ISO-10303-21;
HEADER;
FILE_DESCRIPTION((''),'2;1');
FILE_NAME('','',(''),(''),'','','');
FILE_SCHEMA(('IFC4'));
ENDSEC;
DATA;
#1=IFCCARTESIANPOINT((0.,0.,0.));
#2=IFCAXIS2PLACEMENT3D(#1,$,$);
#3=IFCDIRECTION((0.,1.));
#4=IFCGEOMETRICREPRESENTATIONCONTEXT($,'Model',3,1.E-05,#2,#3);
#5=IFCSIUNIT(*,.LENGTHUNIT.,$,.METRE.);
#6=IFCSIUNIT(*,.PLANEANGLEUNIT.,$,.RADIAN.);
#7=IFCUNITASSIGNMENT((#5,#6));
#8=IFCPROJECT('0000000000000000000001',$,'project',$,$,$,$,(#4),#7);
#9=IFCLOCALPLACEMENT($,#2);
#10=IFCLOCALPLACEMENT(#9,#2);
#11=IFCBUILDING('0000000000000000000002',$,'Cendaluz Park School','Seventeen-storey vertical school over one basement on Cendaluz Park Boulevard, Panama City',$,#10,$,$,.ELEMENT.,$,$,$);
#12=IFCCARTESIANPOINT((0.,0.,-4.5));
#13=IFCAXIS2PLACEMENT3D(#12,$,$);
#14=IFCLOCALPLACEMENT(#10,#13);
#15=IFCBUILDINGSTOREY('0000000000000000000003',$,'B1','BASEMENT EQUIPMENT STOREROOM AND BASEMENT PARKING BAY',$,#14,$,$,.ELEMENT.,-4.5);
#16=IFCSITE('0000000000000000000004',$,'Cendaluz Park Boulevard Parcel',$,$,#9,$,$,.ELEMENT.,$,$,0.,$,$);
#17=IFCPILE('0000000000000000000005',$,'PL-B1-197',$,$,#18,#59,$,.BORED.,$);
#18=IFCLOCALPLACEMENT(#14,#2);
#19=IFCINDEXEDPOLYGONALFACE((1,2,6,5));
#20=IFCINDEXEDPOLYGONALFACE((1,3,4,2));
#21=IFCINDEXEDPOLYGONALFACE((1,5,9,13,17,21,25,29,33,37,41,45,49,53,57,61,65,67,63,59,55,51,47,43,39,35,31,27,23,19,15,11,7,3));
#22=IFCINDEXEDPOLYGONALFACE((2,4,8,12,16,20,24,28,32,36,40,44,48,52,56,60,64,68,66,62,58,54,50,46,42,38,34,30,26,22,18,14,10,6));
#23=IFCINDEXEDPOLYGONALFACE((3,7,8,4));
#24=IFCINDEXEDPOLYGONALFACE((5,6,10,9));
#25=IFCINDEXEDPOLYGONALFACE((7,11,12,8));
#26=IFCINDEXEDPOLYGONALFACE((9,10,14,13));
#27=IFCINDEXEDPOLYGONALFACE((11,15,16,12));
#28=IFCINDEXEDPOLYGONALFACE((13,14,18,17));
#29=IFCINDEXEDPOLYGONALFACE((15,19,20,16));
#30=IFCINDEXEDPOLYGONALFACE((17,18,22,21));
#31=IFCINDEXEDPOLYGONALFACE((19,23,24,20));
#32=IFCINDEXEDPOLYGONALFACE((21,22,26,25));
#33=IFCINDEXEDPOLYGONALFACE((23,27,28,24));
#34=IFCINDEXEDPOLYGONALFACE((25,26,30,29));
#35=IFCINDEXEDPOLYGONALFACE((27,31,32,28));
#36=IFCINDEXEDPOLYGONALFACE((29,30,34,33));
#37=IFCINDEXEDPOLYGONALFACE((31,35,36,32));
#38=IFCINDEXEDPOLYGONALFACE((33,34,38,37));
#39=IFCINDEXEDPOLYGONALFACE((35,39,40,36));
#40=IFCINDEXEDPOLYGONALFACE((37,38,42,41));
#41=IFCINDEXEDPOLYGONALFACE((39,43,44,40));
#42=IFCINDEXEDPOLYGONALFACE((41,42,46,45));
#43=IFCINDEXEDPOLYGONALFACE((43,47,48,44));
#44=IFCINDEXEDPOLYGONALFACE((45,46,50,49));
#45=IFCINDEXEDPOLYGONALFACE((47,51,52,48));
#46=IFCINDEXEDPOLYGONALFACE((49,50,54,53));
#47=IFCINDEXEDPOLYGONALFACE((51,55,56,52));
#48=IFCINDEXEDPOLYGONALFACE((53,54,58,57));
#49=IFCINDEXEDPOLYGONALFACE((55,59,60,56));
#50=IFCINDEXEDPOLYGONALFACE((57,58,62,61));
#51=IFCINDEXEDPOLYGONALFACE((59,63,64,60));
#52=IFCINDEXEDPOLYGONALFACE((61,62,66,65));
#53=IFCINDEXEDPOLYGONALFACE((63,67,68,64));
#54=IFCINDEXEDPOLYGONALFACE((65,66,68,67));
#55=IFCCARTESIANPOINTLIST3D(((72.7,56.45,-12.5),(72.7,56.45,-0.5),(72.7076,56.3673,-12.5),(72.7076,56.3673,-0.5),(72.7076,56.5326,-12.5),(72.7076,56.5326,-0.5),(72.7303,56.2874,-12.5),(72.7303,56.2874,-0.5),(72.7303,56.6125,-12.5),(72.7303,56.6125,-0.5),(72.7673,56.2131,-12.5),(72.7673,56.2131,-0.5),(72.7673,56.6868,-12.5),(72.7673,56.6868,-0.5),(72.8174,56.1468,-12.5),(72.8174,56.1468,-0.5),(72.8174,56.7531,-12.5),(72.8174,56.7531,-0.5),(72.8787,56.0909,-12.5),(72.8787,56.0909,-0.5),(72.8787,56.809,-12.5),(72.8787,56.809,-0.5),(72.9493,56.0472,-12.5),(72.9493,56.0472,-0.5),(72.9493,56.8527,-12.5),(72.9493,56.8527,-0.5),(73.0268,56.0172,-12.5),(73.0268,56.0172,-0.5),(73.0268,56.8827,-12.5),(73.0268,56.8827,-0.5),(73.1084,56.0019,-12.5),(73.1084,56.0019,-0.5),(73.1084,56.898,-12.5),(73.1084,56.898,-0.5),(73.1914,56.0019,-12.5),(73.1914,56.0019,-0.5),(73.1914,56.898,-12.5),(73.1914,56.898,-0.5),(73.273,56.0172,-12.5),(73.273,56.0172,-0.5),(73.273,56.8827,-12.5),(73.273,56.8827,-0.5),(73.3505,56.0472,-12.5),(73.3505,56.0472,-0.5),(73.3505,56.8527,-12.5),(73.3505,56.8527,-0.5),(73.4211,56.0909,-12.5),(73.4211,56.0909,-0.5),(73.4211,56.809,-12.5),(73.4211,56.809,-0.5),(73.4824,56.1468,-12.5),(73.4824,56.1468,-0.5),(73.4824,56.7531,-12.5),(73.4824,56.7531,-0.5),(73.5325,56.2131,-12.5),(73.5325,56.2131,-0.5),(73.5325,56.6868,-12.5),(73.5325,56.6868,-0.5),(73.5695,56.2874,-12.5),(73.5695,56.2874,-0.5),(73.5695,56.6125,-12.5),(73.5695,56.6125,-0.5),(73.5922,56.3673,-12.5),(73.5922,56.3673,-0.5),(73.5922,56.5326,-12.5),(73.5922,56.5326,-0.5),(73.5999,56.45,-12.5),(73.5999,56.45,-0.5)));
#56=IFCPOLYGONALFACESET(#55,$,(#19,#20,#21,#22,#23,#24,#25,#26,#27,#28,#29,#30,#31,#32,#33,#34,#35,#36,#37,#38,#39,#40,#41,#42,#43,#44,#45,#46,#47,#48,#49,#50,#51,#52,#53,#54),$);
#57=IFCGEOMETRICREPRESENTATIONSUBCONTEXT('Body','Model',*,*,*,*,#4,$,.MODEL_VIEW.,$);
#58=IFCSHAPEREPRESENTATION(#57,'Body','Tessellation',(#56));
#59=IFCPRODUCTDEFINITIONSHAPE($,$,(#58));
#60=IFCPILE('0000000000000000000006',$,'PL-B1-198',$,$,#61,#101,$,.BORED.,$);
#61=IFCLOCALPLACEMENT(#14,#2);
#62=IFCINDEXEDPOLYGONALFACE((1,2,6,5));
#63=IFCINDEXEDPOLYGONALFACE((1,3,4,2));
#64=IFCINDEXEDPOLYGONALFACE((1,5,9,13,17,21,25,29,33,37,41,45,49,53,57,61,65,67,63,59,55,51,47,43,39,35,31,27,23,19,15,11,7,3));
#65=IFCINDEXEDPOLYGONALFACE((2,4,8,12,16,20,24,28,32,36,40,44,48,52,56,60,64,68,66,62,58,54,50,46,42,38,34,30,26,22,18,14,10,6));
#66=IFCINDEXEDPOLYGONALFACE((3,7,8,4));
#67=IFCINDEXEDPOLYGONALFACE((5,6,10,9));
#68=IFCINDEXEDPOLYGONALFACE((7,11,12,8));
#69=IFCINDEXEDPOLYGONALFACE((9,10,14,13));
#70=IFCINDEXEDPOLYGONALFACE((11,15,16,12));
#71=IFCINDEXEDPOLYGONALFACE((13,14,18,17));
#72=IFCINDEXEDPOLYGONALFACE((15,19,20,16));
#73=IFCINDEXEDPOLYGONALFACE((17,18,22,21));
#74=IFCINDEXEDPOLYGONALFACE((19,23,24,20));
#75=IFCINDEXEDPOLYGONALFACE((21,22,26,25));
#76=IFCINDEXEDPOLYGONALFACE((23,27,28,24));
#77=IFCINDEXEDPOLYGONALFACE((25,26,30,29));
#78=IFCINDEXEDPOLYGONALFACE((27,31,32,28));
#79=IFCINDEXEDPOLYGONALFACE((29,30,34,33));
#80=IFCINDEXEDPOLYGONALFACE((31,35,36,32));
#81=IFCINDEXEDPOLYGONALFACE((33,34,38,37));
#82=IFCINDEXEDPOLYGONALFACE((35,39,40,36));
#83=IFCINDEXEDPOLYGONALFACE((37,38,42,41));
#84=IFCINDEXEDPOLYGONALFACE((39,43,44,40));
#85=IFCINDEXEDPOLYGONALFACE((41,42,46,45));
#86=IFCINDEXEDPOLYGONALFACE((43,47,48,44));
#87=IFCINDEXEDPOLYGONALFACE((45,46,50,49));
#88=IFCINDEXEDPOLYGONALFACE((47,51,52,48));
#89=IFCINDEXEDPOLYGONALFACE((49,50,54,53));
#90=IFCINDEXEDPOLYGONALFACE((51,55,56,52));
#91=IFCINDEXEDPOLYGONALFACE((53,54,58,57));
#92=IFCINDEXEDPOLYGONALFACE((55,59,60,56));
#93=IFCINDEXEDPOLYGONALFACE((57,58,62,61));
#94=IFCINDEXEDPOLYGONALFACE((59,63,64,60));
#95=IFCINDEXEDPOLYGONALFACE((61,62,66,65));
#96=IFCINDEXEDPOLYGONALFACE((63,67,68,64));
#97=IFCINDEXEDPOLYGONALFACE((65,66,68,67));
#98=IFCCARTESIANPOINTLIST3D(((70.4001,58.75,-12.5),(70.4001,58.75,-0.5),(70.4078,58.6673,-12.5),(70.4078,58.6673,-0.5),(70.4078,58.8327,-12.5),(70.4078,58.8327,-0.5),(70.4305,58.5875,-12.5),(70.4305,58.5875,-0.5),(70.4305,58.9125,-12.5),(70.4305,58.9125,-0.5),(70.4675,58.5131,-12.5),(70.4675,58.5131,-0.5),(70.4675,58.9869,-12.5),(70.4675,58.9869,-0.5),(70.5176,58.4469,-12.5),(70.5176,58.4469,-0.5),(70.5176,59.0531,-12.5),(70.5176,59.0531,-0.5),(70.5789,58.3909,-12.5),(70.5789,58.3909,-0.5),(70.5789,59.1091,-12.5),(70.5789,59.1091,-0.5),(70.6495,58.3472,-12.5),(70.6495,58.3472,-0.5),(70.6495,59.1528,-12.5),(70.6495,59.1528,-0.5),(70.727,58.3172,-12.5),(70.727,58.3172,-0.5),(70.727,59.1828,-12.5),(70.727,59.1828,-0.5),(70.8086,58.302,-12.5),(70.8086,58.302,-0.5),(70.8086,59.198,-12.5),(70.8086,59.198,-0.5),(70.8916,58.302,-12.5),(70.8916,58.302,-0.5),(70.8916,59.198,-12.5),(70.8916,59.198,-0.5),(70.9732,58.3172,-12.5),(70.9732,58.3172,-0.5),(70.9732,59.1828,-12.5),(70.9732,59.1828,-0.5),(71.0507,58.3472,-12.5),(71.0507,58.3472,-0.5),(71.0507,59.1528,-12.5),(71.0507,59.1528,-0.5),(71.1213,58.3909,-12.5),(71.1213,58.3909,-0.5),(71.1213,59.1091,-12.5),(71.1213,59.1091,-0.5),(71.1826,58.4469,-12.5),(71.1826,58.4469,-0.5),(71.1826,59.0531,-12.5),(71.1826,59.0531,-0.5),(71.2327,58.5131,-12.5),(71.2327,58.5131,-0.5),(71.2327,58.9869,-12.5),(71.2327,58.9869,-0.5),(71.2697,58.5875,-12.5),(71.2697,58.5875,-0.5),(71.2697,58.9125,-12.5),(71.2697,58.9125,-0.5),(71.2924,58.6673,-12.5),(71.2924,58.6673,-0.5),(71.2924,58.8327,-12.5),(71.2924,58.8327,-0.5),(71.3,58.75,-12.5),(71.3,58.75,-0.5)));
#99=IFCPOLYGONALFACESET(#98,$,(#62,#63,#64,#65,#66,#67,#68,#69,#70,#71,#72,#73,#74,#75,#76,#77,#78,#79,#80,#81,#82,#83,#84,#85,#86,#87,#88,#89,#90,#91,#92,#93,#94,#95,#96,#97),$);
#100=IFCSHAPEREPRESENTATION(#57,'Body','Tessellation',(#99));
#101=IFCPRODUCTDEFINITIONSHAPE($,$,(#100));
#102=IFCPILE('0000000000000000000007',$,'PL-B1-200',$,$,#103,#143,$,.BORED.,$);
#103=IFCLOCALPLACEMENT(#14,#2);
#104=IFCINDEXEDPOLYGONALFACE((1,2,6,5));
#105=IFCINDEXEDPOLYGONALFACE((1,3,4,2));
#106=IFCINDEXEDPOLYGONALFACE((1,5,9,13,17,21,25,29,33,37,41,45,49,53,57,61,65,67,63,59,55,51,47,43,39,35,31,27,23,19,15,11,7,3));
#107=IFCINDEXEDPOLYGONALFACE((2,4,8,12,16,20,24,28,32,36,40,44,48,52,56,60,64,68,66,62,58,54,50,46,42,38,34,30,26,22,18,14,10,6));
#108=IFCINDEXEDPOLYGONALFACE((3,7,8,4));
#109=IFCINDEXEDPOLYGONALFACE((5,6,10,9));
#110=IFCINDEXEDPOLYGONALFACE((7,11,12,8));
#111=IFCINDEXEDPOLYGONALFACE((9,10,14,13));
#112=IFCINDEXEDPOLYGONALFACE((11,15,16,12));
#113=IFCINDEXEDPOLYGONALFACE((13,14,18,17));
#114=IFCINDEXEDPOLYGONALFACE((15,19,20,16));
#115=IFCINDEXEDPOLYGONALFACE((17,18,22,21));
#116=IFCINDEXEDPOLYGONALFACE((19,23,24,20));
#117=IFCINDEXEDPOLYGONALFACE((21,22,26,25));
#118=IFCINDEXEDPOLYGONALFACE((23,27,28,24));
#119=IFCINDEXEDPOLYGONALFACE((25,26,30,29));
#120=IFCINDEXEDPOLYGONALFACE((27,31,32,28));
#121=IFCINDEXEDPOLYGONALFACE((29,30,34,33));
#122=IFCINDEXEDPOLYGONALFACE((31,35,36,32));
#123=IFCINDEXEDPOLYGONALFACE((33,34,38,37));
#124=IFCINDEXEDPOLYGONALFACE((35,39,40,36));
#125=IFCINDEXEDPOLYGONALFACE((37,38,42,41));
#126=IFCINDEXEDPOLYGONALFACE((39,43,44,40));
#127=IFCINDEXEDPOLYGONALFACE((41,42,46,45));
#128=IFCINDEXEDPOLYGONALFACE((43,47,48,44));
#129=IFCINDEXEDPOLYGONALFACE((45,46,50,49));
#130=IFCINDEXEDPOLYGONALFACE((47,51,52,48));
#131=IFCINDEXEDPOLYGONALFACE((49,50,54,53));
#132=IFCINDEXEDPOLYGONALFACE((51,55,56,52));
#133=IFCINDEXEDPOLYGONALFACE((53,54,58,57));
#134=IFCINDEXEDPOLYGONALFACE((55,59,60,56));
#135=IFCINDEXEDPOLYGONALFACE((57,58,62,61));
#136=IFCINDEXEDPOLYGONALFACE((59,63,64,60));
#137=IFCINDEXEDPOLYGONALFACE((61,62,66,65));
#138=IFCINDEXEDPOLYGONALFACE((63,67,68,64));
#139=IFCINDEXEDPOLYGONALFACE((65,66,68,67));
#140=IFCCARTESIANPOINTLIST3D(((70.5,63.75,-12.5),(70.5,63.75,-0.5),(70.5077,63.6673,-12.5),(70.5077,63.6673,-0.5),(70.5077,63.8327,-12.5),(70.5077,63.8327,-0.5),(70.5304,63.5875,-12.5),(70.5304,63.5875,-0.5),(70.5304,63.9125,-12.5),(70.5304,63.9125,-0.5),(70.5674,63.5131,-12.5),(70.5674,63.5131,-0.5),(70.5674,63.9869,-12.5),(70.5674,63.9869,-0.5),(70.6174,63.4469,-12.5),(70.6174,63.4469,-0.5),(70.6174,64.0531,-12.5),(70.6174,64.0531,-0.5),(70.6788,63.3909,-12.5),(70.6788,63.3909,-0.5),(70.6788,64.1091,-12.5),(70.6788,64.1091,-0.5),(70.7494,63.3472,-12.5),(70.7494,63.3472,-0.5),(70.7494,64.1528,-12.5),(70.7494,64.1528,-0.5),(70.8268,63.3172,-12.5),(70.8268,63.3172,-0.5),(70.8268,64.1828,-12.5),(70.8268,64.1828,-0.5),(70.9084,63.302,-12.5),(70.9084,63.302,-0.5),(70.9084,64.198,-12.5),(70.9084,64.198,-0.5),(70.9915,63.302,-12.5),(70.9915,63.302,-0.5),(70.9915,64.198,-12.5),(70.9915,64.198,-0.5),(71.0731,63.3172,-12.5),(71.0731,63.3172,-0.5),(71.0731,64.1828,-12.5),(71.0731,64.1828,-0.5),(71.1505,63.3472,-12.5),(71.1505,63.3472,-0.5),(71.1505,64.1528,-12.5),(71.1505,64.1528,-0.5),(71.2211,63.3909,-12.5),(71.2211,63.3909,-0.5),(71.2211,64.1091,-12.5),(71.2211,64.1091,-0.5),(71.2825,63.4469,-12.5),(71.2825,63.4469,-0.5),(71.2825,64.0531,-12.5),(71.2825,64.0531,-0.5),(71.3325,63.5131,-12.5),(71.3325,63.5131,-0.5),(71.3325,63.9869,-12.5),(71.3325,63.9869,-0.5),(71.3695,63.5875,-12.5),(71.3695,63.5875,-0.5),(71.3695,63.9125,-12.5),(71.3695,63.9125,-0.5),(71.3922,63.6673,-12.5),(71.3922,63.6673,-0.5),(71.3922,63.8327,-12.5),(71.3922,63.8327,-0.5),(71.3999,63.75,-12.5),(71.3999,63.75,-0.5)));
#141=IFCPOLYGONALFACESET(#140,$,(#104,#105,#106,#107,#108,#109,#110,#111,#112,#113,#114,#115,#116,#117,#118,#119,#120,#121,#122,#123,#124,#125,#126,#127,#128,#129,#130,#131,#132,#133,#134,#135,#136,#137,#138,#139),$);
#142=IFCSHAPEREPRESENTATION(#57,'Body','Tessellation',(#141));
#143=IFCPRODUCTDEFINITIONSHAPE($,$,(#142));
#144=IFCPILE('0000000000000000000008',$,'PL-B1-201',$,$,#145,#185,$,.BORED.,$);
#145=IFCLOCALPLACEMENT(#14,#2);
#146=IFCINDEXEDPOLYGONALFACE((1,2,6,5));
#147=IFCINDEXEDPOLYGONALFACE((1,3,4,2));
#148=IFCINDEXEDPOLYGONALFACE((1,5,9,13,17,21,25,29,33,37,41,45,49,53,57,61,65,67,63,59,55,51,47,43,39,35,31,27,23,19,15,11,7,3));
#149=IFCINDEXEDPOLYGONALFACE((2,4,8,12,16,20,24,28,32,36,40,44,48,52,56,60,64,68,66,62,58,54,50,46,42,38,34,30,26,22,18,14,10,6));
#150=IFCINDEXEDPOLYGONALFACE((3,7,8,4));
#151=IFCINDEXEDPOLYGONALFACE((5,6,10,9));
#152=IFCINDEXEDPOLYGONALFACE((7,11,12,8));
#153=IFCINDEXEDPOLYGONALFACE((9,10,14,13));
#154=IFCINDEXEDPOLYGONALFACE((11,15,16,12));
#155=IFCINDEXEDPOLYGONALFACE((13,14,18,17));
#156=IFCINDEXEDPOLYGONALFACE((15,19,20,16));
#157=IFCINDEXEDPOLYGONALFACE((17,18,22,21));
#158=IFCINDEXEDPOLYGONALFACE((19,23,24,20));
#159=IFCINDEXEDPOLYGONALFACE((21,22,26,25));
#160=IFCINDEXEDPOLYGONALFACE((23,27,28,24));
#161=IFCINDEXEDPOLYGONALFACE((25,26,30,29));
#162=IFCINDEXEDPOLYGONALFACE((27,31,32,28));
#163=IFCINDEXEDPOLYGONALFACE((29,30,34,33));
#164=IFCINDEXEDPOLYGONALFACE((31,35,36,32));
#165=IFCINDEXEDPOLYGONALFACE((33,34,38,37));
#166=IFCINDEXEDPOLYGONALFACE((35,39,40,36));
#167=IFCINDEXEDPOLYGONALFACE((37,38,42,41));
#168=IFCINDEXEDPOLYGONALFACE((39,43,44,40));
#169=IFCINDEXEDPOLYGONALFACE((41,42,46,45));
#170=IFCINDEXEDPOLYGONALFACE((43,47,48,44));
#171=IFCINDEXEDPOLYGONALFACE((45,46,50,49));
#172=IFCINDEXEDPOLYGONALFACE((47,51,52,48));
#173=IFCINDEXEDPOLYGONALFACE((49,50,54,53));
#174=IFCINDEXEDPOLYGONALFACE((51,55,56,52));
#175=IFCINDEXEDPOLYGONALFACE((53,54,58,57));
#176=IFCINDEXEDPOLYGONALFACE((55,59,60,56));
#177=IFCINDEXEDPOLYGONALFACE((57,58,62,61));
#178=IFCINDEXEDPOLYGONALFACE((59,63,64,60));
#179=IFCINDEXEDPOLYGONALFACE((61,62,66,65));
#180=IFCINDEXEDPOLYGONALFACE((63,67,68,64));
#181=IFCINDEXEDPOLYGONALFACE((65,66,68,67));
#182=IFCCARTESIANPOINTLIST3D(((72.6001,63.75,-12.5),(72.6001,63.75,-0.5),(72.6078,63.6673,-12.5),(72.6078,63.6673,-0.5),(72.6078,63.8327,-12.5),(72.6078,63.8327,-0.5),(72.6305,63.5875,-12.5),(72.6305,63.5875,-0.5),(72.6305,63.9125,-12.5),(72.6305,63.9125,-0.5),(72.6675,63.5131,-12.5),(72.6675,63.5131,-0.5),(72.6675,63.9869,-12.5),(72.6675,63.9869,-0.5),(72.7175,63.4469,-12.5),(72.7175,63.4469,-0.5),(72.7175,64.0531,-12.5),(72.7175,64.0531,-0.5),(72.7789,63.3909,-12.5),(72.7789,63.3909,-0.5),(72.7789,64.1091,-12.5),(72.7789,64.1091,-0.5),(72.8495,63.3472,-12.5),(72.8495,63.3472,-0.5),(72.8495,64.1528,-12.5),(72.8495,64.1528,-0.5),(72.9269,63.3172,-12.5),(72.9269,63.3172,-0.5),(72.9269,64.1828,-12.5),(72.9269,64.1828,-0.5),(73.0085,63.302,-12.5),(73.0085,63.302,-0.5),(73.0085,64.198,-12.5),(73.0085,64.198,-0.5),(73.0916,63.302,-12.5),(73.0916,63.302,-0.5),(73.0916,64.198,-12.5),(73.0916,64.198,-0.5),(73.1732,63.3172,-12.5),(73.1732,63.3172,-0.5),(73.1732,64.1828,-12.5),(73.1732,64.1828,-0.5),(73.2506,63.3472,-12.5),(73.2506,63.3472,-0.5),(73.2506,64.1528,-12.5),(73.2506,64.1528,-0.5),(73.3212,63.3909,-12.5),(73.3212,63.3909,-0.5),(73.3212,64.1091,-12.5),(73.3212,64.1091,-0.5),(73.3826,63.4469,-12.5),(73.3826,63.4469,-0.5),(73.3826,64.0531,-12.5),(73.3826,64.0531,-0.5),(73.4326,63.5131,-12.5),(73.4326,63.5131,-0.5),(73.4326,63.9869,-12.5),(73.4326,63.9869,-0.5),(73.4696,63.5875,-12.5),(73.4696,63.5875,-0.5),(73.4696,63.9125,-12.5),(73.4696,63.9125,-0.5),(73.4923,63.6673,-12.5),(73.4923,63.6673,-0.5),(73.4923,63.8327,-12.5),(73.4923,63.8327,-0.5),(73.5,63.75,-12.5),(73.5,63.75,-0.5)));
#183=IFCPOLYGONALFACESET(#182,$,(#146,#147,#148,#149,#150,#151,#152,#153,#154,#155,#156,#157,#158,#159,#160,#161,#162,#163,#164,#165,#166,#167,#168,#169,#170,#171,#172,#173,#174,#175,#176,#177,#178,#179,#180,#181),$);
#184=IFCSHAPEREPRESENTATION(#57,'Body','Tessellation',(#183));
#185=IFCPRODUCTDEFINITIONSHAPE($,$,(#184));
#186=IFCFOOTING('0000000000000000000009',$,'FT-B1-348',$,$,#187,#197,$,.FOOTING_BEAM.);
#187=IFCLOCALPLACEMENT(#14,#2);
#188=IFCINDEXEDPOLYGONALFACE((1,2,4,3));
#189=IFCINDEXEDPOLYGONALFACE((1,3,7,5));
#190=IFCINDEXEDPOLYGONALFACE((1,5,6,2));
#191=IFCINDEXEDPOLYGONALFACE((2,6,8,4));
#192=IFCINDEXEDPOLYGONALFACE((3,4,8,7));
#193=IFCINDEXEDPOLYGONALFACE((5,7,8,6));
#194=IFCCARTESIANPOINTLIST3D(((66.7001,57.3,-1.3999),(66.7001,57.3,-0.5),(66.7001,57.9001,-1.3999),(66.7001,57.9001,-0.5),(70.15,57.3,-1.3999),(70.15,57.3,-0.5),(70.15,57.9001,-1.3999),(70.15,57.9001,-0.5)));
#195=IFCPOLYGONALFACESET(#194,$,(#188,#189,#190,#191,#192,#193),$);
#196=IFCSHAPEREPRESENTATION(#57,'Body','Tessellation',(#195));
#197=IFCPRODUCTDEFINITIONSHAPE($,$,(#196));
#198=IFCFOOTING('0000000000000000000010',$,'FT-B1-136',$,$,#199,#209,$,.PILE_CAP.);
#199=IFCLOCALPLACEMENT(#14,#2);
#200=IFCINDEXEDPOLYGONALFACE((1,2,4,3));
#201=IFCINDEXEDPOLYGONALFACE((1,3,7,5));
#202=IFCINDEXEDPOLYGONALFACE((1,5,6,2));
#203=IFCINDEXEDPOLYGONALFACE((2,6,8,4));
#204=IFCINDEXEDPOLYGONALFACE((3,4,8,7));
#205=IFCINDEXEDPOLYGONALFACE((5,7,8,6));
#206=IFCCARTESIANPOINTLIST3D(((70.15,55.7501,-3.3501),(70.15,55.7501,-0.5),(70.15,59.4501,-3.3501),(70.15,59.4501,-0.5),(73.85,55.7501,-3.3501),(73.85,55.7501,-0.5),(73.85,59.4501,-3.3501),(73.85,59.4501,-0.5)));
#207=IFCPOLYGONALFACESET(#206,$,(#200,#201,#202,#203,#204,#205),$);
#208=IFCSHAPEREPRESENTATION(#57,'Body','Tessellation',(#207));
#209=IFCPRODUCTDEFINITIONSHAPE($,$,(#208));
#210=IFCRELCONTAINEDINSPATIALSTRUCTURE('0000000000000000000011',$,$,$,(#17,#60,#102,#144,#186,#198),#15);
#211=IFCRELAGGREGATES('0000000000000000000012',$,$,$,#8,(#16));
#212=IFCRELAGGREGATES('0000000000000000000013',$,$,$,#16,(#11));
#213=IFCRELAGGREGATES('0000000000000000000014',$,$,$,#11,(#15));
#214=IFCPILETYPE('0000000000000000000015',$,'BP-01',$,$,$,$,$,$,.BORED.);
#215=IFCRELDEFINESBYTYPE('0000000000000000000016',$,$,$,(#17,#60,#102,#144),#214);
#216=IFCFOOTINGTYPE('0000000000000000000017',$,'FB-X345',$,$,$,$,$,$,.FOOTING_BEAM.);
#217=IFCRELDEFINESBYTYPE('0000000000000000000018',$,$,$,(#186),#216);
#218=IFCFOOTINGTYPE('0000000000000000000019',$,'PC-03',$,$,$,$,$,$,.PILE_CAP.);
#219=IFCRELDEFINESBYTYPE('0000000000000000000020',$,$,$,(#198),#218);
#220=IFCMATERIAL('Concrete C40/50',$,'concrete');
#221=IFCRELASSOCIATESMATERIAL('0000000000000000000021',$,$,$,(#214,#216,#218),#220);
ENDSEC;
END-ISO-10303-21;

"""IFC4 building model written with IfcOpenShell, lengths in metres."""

from ifc_helpers import new_model, si_unit, direction, frame, origin, origin_2d, place, context, subcontext, project, spatial, rectangle, circle, extrude, material, material_profile, profile_set, type_object, element, save


model = new_model("IFC4")

# Units and contexts
model_context = context("Model", 3, precision=1e-05, world=origin(), true_north=direction((0.0, 1.0)))
body_context = subcontext(model_context, "Body", "Model", "MODEL_VIEW")
ifc_project = project(units=[si_unit("LENGTHUNIT", "METRE"), si_unit("PLANEANGLEUNIT", "RADIAN")], contexts=[model_context])

# Site, building, storey
site_placement = place(None, origin())
site = spatial("IfcSite", under=ifc_project, at=site_placement, Name="Cendaluz Park Boulevard Parcel", CompositionType="ELEMENT", RefElevation=0.0)
building_placement = place(site_placement, origin())
building = spatial("IfcBuilding", under=site, at=building_placement, Name="Cendaluz Park School", Description="Seventeen-storey vertical school over one basement on Cendaluz Park Boulevard, Panama City", CompositionType="ELEMENT")
storey_placement = place(building_placement, frame((0.0, 0.0, -4.5)))
storey = spatial("IfcBuildingStorey", under=building, at=storey_placement, Name="B1", Description="BASEMENT EQUIPMENT STOREROOM AND BASEMENT PARKING BAY", CompositionType="ELEMENT", Elevation=-4.5)

# Piles
ifc_material_1 = material(Name="Concrete C40/50", Category="concrete")
ifc_material_profile_1 = material_profile(ifc_material_1, circle(Radius=0.45, at=origin_2d()), Name="BP D900", Category="concrete")
ifc_profile_set_1 = profile_set([ifc_material_profile_1], Name="Concrete C40/50")
pile_type = type_object("IfcPileType", Name="BP-01", PredefinedType="BORED", material=ifc_profile_set_1)
for number, where, z_axis, x_axis, name in (
    (1, (73.1499, 56.45, -0.5), (0.0, 0.0, -1.0), (1.0, 0.0, 0.0), "PL-B1-197"),
    (2, (70.8501, 58.75, -0.5), (0.0, 0.0, -1.0), (1.0, 0.0, 0.0), "PL-B1-198"),
    (3, (70.95, 63.75, -0.5), (0.0, 0.0, -1.0), (1.0, 0.0, 0.0), "PL-B1-200"),
    (4, (73.05, 63.75, -0.5), (0.0, 0.0, -1.0), (1.0, 0.0, 0.0), "PL-B1-201"),
):
    element("IfcPile", number, at=place(storey_placement, frame(where, z_axis=z_axis, x_axis=x_axis)), inside=storey, type_object=pile_type, Name=name, PredefinedType="BORED", context=body_context, shape_type="SweptSolid", body=[
        extrude(circle(Radius=0.45, at=origin_2d()), origin(), (0.0, 0.0, 1.0), 12.0),
    ])

# Footings
footing_type_1 = type_object("IfcFootingType", Name="FB-X345", PredefinedType="FOOTING_BEAM", material=ifc_material_1)
footing_1_placement = place(storey_placement, frame((68.425, 57.6001, -1.3999), z_axis=(0.0, 0.0, 1.0), x_axis=(1.0, 0.0, 0.0)))
element("IfcFooting", 5, at=footing_1_placement, inside=storey, type_object=footing_type_1, Name="FT-B1-348", PredefinedType="FOOTING_BEAM", context=body_context, shape_type="SweptSolid", body=[
    extrude(rectangle(XDim=3.45, YDim=0.6001, at=origin_2d()), origin(), (0.0, 0.0, 1.0), 0.8999),
])
footing_type_2 = type_object("IfcFootingType", Name="PC-03", PredefinedType="PILE_CAP", material=ifc_material_1)
footing_2_placement = place(storey_placement, frame((72.0, 57.6001, -3.3501), z_axis=(0.0, 0.0, 1.0), x_axis=(1.0, 0.0, 0.0)))
element("IfcFooting", 6, at=footing_2_placement, inside=storey, type_object=footing_type_2, Name="FT-B1-136", PredefinedType="PILE_CAP", context=body_context, shape_type="SweptSolid", body=[
    extrude(rectangle(XDim=3.7, YDim=3.7, at=origin_2d()), origin(), (0.0, 0.0, 1.0), 2.8501),
])

save(model, "model.ifc")
